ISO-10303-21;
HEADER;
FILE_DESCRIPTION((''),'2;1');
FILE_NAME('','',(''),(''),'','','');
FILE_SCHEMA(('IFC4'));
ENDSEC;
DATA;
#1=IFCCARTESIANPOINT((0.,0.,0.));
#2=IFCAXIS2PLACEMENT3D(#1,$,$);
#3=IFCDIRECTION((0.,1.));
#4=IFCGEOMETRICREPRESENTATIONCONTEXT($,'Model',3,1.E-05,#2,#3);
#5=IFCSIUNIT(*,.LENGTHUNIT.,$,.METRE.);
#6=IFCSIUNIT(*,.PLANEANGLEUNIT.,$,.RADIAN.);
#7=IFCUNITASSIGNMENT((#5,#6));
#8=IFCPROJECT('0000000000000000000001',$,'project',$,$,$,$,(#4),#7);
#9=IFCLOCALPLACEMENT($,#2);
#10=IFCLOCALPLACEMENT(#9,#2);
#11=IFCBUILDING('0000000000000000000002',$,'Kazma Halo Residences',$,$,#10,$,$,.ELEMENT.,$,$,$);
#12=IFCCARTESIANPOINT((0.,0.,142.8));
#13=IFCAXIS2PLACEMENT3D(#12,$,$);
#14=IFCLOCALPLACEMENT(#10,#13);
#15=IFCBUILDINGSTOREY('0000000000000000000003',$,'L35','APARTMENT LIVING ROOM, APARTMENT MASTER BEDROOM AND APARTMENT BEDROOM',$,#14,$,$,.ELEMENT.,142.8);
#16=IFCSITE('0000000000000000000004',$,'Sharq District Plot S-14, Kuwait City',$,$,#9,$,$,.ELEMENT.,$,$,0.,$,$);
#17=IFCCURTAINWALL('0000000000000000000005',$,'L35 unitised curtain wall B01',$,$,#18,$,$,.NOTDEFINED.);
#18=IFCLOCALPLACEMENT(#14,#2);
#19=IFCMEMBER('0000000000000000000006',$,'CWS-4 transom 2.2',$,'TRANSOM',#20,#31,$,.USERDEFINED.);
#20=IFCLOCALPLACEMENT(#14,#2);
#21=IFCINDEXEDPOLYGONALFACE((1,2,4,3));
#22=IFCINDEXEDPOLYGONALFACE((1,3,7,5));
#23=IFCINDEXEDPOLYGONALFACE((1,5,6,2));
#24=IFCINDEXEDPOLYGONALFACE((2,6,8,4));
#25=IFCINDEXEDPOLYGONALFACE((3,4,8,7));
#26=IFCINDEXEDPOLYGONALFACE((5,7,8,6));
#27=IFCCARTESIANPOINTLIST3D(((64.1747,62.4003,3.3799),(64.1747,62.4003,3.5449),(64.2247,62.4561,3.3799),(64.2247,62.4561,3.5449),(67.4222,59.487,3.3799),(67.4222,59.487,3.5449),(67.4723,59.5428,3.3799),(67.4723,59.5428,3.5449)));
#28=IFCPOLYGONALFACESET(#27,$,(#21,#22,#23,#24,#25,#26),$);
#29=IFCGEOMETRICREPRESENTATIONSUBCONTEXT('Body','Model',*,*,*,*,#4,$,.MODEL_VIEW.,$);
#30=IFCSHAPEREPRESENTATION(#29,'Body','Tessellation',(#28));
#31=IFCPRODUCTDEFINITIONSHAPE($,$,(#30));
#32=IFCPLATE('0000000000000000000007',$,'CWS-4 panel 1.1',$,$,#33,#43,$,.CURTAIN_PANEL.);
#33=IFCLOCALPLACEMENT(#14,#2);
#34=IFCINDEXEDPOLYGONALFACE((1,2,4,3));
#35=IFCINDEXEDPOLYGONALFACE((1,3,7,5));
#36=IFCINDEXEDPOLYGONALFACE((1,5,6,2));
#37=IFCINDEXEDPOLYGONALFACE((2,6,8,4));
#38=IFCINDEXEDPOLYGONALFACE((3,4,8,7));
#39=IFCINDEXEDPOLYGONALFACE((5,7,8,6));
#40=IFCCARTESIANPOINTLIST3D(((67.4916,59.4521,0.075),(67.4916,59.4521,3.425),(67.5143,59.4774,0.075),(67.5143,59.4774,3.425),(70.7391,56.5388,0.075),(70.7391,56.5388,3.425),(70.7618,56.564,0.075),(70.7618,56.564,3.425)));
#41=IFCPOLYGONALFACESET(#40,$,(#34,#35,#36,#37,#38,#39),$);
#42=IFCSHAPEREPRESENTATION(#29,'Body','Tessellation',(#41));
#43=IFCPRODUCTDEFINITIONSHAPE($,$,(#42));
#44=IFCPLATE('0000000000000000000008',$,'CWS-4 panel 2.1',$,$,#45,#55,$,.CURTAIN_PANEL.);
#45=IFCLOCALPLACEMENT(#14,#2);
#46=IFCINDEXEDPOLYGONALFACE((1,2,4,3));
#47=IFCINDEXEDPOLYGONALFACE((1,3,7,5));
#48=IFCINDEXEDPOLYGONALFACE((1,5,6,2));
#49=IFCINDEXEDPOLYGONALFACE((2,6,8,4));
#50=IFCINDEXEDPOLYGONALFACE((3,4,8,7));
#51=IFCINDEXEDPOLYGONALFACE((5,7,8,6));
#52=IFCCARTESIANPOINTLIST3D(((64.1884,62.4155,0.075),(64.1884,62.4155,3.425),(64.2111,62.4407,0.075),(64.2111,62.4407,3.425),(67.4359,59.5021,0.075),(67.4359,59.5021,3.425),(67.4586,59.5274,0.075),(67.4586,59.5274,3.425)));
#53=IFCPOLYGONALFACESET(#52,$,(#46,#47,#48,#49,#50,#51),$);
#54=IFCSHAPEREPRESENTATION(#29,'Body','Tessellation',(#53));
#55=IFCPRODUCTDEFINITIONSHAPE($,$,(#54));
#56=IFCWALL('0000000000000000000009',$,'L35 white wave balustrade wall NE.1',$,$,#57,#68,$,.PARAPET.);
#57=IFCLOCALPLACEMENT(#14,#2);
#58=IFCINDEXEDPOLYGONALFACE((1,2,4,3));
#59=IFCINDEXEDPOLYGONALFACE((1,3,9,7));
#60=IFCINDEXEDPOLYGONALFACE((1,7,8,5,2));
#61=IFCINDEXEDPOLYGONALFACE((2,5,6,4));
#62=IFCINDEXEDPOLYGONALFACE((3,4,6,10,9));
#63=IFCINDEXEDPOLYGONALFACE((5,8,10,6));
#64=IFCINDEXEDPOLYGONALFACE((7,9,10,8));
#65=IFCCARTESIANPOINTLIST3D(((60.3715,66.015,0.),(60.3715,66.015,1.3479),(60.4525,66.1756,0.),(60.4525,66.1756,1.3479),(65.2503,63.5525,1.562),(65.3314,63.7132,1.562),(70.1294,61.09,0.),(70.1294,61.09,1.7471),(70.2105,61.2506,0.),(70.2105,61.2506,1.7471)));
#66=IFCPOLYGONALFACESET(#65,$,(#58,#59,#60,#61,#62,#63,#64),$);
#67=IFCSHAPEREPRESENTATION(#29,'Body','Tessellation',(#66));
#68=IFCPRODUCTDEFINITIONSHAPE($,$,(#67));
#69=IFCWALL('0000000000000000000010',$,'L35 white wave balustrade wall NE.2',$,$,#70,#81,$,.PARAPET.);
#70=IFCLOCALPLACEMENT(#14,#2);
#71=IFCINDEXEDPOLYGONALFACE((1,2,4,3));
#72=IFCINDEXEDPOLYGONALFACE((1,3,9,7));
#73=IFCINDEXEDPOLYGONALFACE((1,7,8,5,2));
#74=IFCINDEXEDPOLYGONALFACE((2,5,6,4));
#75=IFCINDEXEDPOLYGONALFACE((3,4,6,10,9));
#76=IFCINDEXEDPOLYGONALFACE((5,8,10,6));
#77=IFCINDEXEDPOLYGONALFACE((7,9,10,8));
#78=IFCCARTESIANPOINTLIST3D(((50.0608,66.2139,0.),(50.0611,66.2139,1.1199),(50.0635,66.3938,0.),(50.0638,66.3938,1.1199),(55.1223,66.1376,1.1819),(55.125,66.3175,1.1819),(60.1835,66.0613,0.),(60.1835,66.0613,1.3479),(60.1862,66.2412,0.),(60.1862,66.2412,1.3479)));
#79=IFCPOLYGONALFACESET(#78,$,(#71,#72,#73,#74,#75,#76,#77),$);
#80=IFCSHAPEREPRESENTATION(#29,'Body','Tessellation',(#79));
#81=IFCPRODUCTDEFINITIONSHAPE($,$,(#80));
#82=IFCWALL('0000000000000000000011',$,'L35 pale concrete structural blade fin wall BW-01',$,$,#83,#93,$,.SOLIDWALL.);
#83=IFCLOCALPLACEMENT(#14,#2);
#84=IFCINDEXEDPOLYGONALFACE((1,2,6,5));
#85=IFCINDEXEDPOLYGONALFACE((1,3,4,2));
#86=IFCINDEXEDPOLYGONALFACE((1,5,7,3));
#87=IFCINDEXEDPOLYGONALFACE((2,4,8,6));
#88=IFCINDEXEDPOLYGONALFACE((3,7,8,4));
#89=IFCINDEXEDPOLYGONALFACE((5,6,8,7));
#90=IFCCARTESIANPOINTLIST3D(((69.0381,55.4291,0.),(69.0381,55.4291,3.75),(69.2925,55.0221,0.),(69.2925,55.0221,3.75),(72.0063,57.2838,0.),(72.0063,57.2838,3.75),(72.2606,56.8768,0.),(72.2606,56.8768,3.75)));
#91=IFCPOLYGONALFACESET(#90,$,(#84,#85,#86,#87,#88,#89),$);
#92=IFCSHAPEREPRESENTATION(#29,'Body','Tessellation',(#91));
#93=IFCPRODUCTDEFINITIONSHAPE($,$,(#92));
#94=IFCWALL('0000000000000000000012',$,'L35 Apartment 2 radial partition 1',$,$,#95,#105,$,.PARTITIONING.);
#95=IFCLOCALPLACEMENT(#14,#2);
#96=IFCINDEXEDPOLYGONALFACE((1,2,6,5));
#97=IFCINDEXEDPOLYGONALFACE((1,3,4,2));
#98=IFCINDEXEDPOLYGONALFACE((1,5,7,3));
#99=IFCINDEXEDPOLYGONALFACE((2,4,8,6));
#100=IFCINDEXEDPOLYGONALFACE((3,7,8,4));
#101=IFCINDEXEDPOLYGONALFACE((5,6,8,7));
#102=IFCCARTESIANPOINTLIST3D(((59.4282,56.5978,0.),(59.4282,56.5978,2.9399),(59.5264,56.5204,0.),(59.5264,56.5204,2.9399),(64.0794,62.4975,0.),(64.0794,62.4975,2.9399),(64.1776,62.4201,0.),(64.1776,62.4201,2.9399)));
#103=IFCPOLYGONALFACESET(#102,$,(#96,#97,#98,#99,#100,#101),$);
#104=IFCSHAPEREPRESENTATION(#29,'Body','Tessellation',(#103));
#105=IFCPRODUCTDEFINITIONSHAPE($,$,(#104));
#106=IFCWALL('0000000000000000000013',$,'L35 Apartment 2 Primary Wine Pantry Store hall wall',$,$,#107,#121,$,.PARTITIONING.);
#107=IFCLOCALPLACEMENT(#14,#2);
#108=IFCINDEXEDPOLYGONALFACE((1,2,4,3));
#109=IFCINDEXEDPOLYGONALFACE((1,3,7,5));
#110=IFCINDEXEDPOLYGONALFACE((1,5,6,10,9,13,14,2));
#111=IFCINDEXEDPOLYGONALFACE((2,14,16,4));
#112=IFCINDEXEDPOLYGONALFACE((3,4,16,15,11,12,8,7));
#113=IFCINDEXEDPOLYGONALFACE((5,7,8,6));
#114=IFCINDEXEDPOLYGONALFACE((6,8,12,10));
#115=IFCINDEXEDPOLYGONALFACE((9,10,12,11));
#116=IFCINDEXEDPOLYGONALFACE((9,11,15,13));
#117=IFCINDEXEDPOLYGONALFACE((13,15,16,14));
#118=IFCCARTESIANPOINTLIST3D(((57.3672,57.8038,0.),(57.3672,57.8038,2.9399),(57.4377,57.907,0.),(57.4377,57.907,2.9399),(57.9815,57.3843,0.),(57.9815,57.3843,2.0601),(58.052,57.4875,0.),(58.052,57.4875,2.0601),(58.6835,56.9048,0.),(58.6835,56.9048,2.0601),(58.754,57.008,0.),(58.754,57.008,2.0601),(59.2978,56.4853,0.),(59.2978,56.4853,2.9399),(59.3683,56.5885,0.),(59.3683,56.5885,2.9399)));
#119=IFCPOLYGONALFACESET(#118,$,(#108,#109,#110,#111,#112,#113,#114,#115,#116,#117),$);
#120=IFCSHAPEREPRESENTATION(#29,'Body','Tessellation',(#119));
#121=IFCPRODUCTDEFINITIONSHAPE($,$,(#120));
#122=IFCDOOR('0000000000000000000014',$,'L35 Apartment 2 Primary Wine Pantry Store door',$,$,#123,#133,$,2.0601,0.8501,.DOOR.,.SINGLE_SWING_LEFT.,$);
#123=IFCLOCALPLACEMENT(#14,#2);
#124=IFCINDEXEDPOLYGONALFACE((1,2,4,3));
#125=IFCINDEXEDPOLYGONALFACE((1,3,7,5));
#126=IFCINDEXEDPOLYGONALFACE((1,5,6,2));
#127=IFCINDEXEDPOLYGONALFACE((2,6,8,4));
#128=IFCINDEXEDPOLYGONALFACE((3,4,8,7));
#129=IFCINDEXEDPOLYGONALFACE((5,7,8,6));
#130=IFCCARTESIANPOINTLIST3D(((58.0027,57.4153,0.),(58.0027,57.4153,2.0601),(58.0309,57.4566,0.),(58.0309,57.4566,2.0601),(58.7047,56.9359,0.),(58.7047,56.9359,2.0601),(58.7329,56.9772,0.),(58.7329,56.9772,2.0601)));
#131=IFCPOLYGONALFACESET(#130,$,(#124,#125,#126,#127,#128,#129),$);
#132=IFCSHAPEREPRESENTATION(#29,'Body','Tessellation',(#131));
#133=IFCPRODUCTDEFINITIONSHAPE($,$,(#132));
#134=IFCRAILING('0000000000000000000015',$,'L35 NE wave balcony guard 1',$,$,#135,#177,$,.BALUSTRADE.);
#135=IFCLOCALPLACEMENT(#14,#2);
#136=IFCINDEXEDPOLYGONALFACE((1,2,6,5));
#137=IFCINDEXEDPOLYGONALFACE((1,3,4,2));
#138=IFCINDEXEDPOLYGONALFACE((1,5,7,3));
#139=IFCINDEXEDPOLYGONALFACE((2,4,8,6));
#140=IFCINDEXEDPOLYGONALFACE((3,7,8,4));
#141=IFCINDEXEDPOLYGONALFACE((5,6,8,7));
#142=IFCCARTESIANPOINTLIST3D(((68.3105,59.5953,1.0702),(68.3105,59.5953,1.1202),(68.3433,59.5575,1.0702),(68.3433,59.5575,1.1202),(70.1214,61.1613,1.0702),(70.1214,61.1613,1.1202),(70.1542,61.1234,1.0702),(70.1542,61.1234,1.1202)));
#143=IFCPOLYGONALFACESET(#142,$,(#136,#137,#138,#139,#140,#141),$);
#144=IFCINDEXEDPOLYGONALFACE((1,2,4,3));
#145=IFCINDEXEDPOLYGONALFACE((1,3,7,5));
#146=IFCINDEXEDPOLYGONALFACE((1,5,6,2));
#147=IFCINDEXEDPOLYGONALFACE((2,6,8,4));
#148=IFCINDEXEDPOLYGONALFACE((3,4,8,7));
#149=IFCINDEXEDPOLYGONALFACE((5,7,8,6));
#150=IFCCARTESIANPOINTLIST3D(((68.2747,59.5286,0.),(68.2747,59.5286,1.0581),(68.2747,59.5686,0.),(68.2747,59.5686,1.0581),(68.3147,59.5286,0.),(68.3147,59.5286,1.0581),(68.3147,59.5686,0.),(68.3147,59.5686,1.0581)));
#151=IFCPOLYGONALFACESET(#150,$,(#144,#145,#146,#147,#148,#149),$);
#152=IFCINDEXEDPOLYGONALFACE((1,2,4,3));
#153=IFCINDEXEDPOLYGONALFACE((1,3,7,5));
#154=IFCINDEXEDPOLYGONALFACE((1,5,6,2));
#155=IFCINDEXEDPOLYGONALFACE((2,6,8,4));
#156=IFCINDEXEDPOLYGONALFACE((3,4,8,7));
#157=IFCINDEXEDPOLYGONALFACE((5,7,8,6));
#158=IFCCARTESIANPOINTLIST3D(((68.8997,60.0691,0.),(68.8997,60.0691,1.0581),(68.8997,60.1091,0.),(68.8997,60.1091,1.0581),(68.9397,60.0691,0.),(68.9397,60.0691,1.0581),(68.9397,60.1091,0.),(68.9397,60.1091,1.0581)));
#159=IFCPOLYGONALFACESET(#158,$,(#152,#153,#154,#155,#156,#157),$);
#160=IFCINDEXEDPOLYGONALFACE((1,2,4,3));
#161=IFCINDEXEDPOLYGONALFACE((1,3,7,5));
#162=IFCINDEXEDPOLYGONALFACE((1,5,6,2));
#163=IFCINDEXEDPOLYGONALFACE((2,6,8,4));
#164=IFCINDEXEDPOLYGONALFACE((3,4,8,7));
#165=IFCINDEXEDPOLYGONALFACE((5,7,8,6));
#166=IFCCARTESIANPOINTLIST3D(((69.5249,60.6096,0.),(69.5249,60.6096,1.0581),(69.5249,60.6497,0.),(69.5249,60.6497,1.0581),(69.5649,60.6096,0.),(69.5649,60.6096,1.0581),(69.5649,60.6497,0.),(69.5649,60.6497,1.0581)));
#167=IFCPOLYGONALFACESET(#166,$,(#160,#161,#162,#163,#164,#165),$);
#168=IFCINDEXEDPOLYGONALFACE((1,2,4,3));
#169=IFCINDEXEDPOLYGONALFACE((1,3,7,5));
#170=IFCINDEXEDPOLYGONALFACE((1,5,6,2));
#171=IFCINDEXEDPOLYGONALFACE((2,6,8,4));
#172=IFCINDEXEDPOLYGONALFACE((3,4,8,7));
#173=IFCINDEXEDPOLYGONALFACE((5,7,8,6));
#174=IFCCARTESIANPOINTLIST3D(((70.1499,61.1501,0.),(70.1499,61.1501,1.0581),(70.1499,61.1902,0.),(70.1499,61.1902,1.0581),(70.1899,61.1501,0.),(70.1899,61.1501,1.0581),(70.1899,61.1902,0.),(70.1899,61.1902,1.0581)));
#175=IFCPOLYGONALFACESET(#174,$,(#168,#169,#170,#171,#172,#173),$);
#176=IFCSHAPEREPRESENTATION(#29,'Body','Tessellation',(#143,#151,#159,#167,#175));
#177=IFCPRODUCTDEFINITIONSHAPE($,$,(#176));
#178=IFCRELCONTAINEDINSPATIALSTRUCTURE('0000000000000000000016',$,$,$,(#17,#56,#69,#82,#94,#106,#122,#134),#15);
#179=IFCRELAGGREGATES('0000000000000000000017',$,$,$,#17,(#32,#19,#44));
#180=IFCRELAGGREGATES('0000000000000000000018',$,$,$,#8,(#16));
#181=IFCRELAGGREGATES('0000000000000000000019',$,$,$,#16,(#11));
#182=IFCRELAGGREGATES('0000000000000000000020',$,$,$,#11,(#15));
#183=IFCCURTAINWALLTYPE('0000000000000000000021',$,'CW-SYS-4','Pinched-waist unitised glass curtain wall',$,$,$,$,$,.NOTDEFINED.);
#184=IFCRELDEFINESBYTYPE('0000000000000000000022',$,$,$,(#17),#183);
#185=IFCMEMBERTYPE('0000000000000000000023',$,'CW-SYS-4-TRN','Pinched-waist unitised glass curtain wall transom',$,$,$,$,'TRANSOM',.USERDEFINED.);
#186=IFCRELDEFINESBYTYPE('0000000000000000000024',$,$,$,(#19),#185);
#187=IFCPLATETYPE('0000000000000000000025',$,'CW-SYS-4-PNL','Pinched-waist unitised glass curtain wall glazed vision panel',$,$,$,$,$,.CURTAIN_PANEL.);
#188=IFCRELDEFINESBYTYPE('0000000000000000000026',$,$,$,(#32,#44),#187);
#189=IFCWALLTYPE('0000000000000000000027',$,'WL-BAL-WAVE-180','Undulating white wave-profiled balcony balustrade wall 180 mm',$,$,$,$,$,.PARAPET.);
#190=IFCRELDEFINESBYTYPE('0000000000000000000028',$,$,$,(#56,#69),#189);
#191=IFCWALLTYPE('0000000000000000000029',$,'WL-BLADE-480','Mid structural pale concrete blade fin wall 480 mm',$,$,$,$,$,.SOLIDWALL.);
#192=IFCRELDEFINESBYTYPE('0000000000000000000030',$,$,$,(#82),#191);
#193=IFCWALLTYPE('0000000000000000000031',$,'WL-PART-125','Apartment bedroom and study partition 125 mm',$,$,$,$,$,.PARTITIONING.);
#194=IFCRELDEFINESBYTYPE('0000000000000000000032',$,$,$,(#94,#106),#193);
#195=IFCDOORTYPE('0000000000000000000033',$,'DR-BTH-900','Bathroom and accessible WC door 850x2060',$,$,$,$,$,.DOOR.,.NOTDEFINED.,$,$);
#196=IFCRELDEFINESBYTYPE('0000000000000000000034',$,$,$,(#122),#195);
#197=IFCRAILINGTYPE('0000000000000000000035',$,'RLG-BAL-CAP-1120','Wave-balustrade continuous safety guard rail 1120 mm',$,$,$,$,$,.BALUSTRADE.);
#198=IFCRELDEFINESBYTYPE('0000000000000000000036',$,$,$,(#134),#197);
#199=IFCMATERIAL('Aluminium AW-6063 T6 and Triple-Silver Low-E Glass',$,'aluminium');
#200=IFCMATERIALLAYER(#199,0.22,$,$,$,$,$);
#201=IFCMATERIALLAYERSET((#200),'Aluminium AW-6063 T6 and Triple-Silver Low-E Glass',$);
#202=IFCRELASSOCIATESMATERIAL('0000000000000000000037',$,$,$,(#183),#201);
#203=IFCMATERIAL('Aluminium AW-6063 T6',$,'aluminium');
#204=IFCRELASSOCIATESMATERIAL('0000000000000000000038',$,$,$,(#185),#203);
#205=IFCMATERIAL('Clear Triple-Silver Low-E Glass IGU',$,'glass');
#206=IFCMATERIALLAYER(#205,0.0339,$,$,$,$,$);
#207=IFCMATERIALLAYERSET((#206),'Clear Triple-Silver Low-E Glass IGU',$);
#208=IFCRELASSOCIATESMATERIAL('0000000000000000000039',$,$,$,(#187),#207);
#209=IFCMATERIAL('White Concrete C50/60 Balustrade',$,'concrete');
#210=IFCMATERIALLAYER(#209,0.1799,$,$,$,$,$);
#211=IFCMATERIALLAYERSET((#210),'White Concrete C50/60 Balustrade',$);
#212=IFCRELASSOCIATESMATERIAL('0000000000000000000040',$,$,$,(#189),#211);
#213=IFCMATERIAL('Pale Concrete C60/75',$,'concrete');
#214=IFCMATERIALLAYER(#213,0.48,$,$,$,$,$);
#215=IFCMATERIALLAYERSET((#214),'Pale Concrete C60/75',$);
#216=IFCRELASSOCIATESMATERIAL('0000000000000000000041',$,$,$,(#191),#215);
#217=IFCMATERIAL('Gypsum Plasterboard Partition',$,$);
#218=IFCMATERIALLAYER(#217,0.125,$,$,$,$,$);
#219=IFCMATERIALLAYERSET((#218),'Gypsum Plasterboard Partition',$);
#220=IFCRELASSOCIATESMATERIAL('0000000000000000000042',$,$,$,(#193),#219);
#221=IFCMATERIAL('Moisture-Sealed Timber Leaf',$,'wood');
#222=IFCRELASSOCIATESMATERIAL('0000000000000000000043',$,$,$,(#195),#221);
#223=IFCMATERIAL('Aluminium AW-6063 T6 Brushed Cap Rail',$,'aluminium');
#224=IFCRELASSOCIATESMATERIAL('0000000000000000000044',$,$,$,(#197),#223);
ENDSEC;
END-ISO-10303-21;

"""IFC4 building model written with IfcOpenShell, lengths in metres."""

from ifc_helpers import new_model, si_unit, direction, frame, frame_2d, origin, origin_2d, place, context, subcontext, project, spatial, polyline, rectangle, outline, extrude, material, layer, layer_set, material_profile, profile_set, type_object, element, fill, aggregate, save


model = new_model("IFC4")

# Units and contexts
model_context = context("Model", 3, precision=1e-05, world=origin(), true_north=direction((0.0, 1.0)))
body_context = subcontext(model_context, "Body", "Model", "MODEL_VIEW")
ifc_project = project(units=[si_unit("LENGTHUNIT", "METRE"), si_unit("PLANEANGLEUNIT", "RADIAN")], contexts=[model_context])

# Site, building, storey
site_placement = place(None, origin())
site = spatial("IfcSite", under=ifc_project, at=site_placement, Name="Sharq District Plot S-14, Kuwait City", CompositionType="ELEMENT", RefElevation=0.0)
building_placement = place(site_placement, origin())
building = spatial("IfcBuilding", under=site, at=building_placement, Name="Kazma Halo Residences", CompositionType="ELEMENT")
storey_placement = place(building_placement, frame((0.0, 0.0, 142.8)))
storey = spatial("IfcBuildingStorey", under=building, at=storey_placement, Name="L35", Description="APARTMENT LIVING ROOM, APARTMENT MASTER BEDROOM AND APARTMENT BEDROOM", CompositionType="ELEMENT", Elevation=142.8)

# Curtain wall
ifc_material_1 = material(Name="Aluminium AW-6063 T6 and Triple-Silver Low-E Glass", Category="aluminium")
ifc_layer_1 = layer(ifc_material_1, 0.22)
ifc_layer_set_1 = layer_set([ifc_layer_1], Name="Aluminium AW-6063 T6 and Triple-Silver Low-E Glass")
curtain_wall_type = type_object("IfcCurtainWallType", Name="CW-SYS-4", Description="Pinched-waist unitised glass curtain wall", PredefinedType="NOTDEFINED", material=ifc_layer_set_1)
curtain_wall_1_placement = place(storey_placement, origin())
curtain_wall_1 = element("IfcCurtainWall", 1, at=curtain_wall_1_placement, inside=storey, type_object=curtain_wall_type, Name="L35 unitised curtain wall B01", PredefinedType="NOTDEFINED")
ifc_material_2 = material(Name="Aluminium AW-6063 T6", Category="aluminium")

# Member
ifc_material_profile_1 = material_profile(ifc_material_2, rectangle(XDim=0.075, YDim=0.165, at=origin_2d()), Name="CWT-75x165")
ifc_profile_set_1 = profile_set([ifc_material_profile_1], Name="Aluminium AW-6063 T6")
member_type_1 = type_object("IfcMemberType", Name="CW-SYS-4-TRN", Description="Pinched-waist unitised glass curtain wall transom", ElementType="TRANSOM", PredefinedType="USERDEFINED", material=ifc_profile_set_1)
member_1_placement = place(storey_placement, frame((67.4473, 59.5149, 3.4624), z_axis=(-0.744373, 0.667764, 0.0), x_axis=(-0.667764, -0.744373, 0.0)))
member_1 = element("IfcMember", 2, at=member_1_placement, type_object=member_type_1, Name="CWS-4 transom 2.2", ObjectType="TRANSOM", PredefinedType="USERDEFINED", context=body_context, shape_type="SweptSolid", body=[
    extrude(rectangle(XDim=0.075, YDim=0.165, at=origin_2d()), origin(), (0.0, 0.0, 1.0), 4.3628),
])

# Plates
ifc_material_3 = material(Name="Clear Triple-Silver Low-E Glass IGU", Category="glass")
ifc_layer_2 = layer(ifc_material_3, 0.0339)
ifc_layer_set_2 = layer_set([ifc_layer_2], Name="Clear Triple-Silver Low-E Glass IGU")
plate_type = type_object("IfcPlateType", Name="CW-SYS-4-PNL", Description="Pinched-waist unitised glass curtain wall glazed vision panel", PredefinedType="CURTAIN_PANEL", material=ifc_layer_set_2)
plate_1_placement = place(storey_placement, frame((69.1267, 58.0081, 0.075), z_axis=(0.0, 0.0, 1.0), x_axis=(-0.744368, 0.66777, 0.0)))
plate_1 = element("IfcPlate", 3, at=plate_1_placement, type_object=plate_type, Name="CWS-4 panel 1.1", PredefinedType="CURTAIN_PANEL", context=body_context, shape_type="SweptSolid", body=[
    extrude(rectangle(XDim=4.3628, YDim=0.0339, at=origin_2d()), origin(), (0.0, 0.0, 1.0), 3.3501),
])
plate_2_placement = place(storey_placement, frame((65.8235, 60.9714, 0.075), z_axis=(0.0, 0.0, 1.0), x_axis=(-0.744368, 0.66777, 0.0)))
plate_2 = element("IfcPlate", 4, at=plate_2_placement, type_object=plate_type, Name="CWS-4 panel 2.1", PredefinedType="CURTAIN_PANEL", context=body_context, shape_type="SweptSolid", body=[
    extrude(rectangle(XDim=4.3628, YDim=0.0339, at=origin_2d()), origin(), (0.0, 0.0, 1.0), 3.3501),
])
aggregate(curtain_wall_1, [plate_1, member_1, plate_2])

# Walls
ifc_material_4 = material(Name="White Concrete C50/60 Balustrade", Category="concrete")
ifc_layer_3 = layer(ifc_material_4, 0.1799)
ifc_layer_set_3 = layer_set([ifc_layer_3], Name="White Concrete C50/60 Balustrade")
wall_type_1 = type_object("IfcWallType", Name="WL-BAL-WAVE-180", Description="Undulating white wave-profiled balcony balustrade wall 180 mm", PredefinedType="PARAPET", material=ifc_layer_set_3)
wall_1_placement = place(storey_placement, frame((70.1699, 61.1702, 0.0), z_axis=(0.0, 0.0, 1.0), x_axis=(-0.892737, 0.450579, 0.0)))
element("IfcWall", 5, at=wall_1_placement, inside=storey, type_object=wall_type_1, Name="L35 white wave balustrade wall NE.1", PredefinedType="PARAPET", context=body_context, shape_type="SweptSolid", body=[
    extrude(outline(polyline([(0.0, 0.0), (10.9304, 0.0), (10.9304, 1.3479), (5.4653, 1.562), (0.0, 1.7471), (0.0, 0.0)])), frame((0.0, 0.0898, 0.0), z_axis=(0.0, -1.0, 0.0), x_axis=(1.0, 0.0, 0.0)), (0.0, 0.0, 1.0), 0.1799),
])
wall_2_placement = place(storey_placement, frame((60.1848, 66.1511, 0.0), z_axis=(0.0, 0.0, 1.0), x_axis=(-0.999886, 0.015072, 0.0)))
element("IfcWall", 6, at=wall_2_placement, inside=storey, type_object=wall_type_1, Name="L35 white wave balustrade wall NE.2", PredefinedType="PARAPET", context=body_context, shape_type="SweptSolid", body=[
    extrude(outline(polyline([(0.0, 0.0), (10.1238, 0.0), (10.1235, 1.1199), (5.0618, 1.1819), (0.0, 1.3479), (0.0, 0.0)])), frame((0.0, 0.0898, 0.0), z_axis=(0.0, -1.0, 0.0), x_axis=(1.0, 0.0, 0.0)), (0.0, 0.0, 1.0), 0.1799),
])
ifc_material_5 = material(Name="Pale Concrete C60/75", Category="concrete")
ifc_layer_4 = layer(ifc_material_5, 0.48)
ifc_layer_set_4 = layer_set([ifc_layer_4], Name="Pale Concrete C60/75")
wall_type_2 = type_object("IfcWallType", Name="WL-BLADE-480", Description="Mid structural pale concrete blade fin wall 480 mm", PredefinedType="SOLIDWALL", material=ifc_layer_set_4)
wall_3_placement = place(storey_placement, frame((69.1653, 55.2256, 0.0), z_axis=(0.0, 0.0, 1.0), x_axis=(0.848053, 0.529911, 0.0)))
element("IfcWall", 7, at=wall_3_placement, inside=storey, type_object=wall_type_2, Name="L35 pale concrete structural blade fin wall BW-01", PredefinedType="SOLIDWALL", context=body_context, shape_type="SweptSolid", body=[
    extrude(rectangle(XDim=3.5, YDim=0.48, at=frame_2d((1.75, 0.0))), origin(), (0.0, 0.0, 1.0), 3.75),
])

# Wall
ifc_material_6 = material(Name="Gypsum Plasterboard Partition")
ifc_layer_5 = layer(ifc_material_6, 0.125)
ifc_layer_set_5 = layer_set([ifc_layer_5], Name="Gypsum Plasterboard Partition")
wall_type_3 = type_object("IfcWallType", Name="WL-PART-125", Description="Apartment bedroom and study partition 125 mm", PredefinedType="PARTITIONING", material=ifc_layer_set_5)
wall_4_placement = place(storey_placement, frame((59.4773, 56.5591, 0.0), z_axis=(0.0, 0.0, 1.0), x_axis=(0.619111, 0.785303, 0.0)))
element("IfcWall", 8, at=wall_4_placement, inside=storey, type_object=wall_type_3, Name="L35 Apartment 2 radial partition 1", PredefinedType="PARTITIONING", context=body_context, shape_type="SweptSolid", body=[
    extrude(rectangle(XDim=7.5127, YDim=0.125, at=frame_2d((3.7563, 0.0))), origin(), (0.0, 0.0, 1.0), 2.9399),
])

# Wall, opening, door
wall_5_placement = place(storey_placement, frame((59.333, 56.5369, 0.0), z_axis=(0.0, 0.0, 1.0), x_axis=(-0.825781, 0.563991, 0.0)))
wall_5 = element("IfcWall", 9, at=wall_5_placement, inside=storey, type_object=wall_type_3, Name="L35 Apartment 2 Primary Wine Pantry Store hall wall", PredefinedType="PARTITIONING", context=body_context, shape_type="SweptSolid", body=[
    extrude(rectangle(XDim=2.3379, YDim=0.125, at=frame_2d((1.1689, 0.0))), origin(), (0.0, 0.0, 1.0), 2.9399),
])
opening_1_placement = place(wall_5_placement, frame((0.7439, 0.0, 0.0)))
opening_1 = element("IfcOpeningElement", 10, at=opening_1_placement, cuts=wall_5, PredefinedType="OPENING", context=body_context, shape_type="SweptSolid", body=[
    extrude(rectangle(XDim=0.8501, YDim=2.0601, at=frame_2d((0.425, 1.03))), frame((0.0, 0.0725, 0.0), z_axis=(0.0, -1.0, 0.0), x_axis=(1.0, 0.0, 0.0)), (0.0, 0.0, 1.0), 0.145),
])
ifc_material_7 = material(Name="Moisture-Sealed Timber Leaf", Category="wood")
door_type_1 = type_object("IfcDoorType", Name="DR-BTH-900", Description="Bathroom and accessible WC door 850x2060", OperationType="NOTDEFINED", PredefinedType="DOOR", material=ifc_material_7)
door_1_placement = place(opening_1_placement, origin())
door_1 = element("IfcDoor", 11, at=door_1_placement, inside=storey, type_object=door_type_1, Name="L35 Apartment 2 Primary Wine Pantry Store door", OperationType="SINGLE_SWING_LEFT", OverallHeight=2.0601, OverallWidth=0.8501, PredefinedType="DOOR", context=body_context, shape_type="SweptSolid", body=[
    extrude(rectangle(XDim=0.8501, YDim=2.0601, at=frame_2d((0.425, 1.03))), frame((0.0, 0.0249, 0.0), z_axis=(0.0, -1.0, 0.0), x_axis=(1.0, 0.0, 0.0)), (0.0, 0.0, 1.0), 0.05),
])
fill(opening_1, door_1)

# Railing
ifc_material_8 = material(Name="Aluminium AW-6063 T6 Brushed Cap Rail", Category="aluminium")
railing_type = type_object("IfcRailingType", Name="RLG-BAL-CAP-1120", Description="Wave-balustrade continuous safety guard rail 1120 mm", PredefinedType="BALUSTRADE", material=ifc_material_8)
railing_1_placement = place(storey_placement, frame((68.2947, 59.5486, 0.0)))
element("IfcRailing", 12, at=railing_1_placement, inside=storey, type_object=railing_type, Name="L35 NE wave balcony guard 1", PredefinedType="BALUSTRADE", context=body_context, shape_type="SweptSolid", body=[
    extrude(rectangle(XDim=0.05, YDim=0.05, at=origin_2d()), frame((0.0322, 0.0278, 1.0952), z_axis=(0.756413, 0.654094, 0.0), x_axis=(-0.654094, 0.756413, 0.0)), (0.0, 0.0, 1.0), 2.394),
    extrude(rectangle(XDim=0.04, YDim=0.04, at=origin_2d()), origin(), (0.0, 0.0, 1.0), 1.0581),
    extrude(rectangle(XDim=0.04, YDim=0.04, at=origin_2d()), frame((0.625, 0.5405, 0.0)), (0.0, 0.0, 1.0), 1.0581),
    extrude(rectangle(XDim=0.04, YDim=0.04, at=origin_2d()), frame((1.2502, 1.0811, 0.0)), (0.0, 0.0, 1.0), 1.0581),
    extrude(rectangle(XDim=0.04, YDim=0.04, at=origin_2d()), frame((1.8752, 1.6216, 0.0)), (0.0, 0.0, 1.0), 1.0581),
])

save(model, "model.ifc")
